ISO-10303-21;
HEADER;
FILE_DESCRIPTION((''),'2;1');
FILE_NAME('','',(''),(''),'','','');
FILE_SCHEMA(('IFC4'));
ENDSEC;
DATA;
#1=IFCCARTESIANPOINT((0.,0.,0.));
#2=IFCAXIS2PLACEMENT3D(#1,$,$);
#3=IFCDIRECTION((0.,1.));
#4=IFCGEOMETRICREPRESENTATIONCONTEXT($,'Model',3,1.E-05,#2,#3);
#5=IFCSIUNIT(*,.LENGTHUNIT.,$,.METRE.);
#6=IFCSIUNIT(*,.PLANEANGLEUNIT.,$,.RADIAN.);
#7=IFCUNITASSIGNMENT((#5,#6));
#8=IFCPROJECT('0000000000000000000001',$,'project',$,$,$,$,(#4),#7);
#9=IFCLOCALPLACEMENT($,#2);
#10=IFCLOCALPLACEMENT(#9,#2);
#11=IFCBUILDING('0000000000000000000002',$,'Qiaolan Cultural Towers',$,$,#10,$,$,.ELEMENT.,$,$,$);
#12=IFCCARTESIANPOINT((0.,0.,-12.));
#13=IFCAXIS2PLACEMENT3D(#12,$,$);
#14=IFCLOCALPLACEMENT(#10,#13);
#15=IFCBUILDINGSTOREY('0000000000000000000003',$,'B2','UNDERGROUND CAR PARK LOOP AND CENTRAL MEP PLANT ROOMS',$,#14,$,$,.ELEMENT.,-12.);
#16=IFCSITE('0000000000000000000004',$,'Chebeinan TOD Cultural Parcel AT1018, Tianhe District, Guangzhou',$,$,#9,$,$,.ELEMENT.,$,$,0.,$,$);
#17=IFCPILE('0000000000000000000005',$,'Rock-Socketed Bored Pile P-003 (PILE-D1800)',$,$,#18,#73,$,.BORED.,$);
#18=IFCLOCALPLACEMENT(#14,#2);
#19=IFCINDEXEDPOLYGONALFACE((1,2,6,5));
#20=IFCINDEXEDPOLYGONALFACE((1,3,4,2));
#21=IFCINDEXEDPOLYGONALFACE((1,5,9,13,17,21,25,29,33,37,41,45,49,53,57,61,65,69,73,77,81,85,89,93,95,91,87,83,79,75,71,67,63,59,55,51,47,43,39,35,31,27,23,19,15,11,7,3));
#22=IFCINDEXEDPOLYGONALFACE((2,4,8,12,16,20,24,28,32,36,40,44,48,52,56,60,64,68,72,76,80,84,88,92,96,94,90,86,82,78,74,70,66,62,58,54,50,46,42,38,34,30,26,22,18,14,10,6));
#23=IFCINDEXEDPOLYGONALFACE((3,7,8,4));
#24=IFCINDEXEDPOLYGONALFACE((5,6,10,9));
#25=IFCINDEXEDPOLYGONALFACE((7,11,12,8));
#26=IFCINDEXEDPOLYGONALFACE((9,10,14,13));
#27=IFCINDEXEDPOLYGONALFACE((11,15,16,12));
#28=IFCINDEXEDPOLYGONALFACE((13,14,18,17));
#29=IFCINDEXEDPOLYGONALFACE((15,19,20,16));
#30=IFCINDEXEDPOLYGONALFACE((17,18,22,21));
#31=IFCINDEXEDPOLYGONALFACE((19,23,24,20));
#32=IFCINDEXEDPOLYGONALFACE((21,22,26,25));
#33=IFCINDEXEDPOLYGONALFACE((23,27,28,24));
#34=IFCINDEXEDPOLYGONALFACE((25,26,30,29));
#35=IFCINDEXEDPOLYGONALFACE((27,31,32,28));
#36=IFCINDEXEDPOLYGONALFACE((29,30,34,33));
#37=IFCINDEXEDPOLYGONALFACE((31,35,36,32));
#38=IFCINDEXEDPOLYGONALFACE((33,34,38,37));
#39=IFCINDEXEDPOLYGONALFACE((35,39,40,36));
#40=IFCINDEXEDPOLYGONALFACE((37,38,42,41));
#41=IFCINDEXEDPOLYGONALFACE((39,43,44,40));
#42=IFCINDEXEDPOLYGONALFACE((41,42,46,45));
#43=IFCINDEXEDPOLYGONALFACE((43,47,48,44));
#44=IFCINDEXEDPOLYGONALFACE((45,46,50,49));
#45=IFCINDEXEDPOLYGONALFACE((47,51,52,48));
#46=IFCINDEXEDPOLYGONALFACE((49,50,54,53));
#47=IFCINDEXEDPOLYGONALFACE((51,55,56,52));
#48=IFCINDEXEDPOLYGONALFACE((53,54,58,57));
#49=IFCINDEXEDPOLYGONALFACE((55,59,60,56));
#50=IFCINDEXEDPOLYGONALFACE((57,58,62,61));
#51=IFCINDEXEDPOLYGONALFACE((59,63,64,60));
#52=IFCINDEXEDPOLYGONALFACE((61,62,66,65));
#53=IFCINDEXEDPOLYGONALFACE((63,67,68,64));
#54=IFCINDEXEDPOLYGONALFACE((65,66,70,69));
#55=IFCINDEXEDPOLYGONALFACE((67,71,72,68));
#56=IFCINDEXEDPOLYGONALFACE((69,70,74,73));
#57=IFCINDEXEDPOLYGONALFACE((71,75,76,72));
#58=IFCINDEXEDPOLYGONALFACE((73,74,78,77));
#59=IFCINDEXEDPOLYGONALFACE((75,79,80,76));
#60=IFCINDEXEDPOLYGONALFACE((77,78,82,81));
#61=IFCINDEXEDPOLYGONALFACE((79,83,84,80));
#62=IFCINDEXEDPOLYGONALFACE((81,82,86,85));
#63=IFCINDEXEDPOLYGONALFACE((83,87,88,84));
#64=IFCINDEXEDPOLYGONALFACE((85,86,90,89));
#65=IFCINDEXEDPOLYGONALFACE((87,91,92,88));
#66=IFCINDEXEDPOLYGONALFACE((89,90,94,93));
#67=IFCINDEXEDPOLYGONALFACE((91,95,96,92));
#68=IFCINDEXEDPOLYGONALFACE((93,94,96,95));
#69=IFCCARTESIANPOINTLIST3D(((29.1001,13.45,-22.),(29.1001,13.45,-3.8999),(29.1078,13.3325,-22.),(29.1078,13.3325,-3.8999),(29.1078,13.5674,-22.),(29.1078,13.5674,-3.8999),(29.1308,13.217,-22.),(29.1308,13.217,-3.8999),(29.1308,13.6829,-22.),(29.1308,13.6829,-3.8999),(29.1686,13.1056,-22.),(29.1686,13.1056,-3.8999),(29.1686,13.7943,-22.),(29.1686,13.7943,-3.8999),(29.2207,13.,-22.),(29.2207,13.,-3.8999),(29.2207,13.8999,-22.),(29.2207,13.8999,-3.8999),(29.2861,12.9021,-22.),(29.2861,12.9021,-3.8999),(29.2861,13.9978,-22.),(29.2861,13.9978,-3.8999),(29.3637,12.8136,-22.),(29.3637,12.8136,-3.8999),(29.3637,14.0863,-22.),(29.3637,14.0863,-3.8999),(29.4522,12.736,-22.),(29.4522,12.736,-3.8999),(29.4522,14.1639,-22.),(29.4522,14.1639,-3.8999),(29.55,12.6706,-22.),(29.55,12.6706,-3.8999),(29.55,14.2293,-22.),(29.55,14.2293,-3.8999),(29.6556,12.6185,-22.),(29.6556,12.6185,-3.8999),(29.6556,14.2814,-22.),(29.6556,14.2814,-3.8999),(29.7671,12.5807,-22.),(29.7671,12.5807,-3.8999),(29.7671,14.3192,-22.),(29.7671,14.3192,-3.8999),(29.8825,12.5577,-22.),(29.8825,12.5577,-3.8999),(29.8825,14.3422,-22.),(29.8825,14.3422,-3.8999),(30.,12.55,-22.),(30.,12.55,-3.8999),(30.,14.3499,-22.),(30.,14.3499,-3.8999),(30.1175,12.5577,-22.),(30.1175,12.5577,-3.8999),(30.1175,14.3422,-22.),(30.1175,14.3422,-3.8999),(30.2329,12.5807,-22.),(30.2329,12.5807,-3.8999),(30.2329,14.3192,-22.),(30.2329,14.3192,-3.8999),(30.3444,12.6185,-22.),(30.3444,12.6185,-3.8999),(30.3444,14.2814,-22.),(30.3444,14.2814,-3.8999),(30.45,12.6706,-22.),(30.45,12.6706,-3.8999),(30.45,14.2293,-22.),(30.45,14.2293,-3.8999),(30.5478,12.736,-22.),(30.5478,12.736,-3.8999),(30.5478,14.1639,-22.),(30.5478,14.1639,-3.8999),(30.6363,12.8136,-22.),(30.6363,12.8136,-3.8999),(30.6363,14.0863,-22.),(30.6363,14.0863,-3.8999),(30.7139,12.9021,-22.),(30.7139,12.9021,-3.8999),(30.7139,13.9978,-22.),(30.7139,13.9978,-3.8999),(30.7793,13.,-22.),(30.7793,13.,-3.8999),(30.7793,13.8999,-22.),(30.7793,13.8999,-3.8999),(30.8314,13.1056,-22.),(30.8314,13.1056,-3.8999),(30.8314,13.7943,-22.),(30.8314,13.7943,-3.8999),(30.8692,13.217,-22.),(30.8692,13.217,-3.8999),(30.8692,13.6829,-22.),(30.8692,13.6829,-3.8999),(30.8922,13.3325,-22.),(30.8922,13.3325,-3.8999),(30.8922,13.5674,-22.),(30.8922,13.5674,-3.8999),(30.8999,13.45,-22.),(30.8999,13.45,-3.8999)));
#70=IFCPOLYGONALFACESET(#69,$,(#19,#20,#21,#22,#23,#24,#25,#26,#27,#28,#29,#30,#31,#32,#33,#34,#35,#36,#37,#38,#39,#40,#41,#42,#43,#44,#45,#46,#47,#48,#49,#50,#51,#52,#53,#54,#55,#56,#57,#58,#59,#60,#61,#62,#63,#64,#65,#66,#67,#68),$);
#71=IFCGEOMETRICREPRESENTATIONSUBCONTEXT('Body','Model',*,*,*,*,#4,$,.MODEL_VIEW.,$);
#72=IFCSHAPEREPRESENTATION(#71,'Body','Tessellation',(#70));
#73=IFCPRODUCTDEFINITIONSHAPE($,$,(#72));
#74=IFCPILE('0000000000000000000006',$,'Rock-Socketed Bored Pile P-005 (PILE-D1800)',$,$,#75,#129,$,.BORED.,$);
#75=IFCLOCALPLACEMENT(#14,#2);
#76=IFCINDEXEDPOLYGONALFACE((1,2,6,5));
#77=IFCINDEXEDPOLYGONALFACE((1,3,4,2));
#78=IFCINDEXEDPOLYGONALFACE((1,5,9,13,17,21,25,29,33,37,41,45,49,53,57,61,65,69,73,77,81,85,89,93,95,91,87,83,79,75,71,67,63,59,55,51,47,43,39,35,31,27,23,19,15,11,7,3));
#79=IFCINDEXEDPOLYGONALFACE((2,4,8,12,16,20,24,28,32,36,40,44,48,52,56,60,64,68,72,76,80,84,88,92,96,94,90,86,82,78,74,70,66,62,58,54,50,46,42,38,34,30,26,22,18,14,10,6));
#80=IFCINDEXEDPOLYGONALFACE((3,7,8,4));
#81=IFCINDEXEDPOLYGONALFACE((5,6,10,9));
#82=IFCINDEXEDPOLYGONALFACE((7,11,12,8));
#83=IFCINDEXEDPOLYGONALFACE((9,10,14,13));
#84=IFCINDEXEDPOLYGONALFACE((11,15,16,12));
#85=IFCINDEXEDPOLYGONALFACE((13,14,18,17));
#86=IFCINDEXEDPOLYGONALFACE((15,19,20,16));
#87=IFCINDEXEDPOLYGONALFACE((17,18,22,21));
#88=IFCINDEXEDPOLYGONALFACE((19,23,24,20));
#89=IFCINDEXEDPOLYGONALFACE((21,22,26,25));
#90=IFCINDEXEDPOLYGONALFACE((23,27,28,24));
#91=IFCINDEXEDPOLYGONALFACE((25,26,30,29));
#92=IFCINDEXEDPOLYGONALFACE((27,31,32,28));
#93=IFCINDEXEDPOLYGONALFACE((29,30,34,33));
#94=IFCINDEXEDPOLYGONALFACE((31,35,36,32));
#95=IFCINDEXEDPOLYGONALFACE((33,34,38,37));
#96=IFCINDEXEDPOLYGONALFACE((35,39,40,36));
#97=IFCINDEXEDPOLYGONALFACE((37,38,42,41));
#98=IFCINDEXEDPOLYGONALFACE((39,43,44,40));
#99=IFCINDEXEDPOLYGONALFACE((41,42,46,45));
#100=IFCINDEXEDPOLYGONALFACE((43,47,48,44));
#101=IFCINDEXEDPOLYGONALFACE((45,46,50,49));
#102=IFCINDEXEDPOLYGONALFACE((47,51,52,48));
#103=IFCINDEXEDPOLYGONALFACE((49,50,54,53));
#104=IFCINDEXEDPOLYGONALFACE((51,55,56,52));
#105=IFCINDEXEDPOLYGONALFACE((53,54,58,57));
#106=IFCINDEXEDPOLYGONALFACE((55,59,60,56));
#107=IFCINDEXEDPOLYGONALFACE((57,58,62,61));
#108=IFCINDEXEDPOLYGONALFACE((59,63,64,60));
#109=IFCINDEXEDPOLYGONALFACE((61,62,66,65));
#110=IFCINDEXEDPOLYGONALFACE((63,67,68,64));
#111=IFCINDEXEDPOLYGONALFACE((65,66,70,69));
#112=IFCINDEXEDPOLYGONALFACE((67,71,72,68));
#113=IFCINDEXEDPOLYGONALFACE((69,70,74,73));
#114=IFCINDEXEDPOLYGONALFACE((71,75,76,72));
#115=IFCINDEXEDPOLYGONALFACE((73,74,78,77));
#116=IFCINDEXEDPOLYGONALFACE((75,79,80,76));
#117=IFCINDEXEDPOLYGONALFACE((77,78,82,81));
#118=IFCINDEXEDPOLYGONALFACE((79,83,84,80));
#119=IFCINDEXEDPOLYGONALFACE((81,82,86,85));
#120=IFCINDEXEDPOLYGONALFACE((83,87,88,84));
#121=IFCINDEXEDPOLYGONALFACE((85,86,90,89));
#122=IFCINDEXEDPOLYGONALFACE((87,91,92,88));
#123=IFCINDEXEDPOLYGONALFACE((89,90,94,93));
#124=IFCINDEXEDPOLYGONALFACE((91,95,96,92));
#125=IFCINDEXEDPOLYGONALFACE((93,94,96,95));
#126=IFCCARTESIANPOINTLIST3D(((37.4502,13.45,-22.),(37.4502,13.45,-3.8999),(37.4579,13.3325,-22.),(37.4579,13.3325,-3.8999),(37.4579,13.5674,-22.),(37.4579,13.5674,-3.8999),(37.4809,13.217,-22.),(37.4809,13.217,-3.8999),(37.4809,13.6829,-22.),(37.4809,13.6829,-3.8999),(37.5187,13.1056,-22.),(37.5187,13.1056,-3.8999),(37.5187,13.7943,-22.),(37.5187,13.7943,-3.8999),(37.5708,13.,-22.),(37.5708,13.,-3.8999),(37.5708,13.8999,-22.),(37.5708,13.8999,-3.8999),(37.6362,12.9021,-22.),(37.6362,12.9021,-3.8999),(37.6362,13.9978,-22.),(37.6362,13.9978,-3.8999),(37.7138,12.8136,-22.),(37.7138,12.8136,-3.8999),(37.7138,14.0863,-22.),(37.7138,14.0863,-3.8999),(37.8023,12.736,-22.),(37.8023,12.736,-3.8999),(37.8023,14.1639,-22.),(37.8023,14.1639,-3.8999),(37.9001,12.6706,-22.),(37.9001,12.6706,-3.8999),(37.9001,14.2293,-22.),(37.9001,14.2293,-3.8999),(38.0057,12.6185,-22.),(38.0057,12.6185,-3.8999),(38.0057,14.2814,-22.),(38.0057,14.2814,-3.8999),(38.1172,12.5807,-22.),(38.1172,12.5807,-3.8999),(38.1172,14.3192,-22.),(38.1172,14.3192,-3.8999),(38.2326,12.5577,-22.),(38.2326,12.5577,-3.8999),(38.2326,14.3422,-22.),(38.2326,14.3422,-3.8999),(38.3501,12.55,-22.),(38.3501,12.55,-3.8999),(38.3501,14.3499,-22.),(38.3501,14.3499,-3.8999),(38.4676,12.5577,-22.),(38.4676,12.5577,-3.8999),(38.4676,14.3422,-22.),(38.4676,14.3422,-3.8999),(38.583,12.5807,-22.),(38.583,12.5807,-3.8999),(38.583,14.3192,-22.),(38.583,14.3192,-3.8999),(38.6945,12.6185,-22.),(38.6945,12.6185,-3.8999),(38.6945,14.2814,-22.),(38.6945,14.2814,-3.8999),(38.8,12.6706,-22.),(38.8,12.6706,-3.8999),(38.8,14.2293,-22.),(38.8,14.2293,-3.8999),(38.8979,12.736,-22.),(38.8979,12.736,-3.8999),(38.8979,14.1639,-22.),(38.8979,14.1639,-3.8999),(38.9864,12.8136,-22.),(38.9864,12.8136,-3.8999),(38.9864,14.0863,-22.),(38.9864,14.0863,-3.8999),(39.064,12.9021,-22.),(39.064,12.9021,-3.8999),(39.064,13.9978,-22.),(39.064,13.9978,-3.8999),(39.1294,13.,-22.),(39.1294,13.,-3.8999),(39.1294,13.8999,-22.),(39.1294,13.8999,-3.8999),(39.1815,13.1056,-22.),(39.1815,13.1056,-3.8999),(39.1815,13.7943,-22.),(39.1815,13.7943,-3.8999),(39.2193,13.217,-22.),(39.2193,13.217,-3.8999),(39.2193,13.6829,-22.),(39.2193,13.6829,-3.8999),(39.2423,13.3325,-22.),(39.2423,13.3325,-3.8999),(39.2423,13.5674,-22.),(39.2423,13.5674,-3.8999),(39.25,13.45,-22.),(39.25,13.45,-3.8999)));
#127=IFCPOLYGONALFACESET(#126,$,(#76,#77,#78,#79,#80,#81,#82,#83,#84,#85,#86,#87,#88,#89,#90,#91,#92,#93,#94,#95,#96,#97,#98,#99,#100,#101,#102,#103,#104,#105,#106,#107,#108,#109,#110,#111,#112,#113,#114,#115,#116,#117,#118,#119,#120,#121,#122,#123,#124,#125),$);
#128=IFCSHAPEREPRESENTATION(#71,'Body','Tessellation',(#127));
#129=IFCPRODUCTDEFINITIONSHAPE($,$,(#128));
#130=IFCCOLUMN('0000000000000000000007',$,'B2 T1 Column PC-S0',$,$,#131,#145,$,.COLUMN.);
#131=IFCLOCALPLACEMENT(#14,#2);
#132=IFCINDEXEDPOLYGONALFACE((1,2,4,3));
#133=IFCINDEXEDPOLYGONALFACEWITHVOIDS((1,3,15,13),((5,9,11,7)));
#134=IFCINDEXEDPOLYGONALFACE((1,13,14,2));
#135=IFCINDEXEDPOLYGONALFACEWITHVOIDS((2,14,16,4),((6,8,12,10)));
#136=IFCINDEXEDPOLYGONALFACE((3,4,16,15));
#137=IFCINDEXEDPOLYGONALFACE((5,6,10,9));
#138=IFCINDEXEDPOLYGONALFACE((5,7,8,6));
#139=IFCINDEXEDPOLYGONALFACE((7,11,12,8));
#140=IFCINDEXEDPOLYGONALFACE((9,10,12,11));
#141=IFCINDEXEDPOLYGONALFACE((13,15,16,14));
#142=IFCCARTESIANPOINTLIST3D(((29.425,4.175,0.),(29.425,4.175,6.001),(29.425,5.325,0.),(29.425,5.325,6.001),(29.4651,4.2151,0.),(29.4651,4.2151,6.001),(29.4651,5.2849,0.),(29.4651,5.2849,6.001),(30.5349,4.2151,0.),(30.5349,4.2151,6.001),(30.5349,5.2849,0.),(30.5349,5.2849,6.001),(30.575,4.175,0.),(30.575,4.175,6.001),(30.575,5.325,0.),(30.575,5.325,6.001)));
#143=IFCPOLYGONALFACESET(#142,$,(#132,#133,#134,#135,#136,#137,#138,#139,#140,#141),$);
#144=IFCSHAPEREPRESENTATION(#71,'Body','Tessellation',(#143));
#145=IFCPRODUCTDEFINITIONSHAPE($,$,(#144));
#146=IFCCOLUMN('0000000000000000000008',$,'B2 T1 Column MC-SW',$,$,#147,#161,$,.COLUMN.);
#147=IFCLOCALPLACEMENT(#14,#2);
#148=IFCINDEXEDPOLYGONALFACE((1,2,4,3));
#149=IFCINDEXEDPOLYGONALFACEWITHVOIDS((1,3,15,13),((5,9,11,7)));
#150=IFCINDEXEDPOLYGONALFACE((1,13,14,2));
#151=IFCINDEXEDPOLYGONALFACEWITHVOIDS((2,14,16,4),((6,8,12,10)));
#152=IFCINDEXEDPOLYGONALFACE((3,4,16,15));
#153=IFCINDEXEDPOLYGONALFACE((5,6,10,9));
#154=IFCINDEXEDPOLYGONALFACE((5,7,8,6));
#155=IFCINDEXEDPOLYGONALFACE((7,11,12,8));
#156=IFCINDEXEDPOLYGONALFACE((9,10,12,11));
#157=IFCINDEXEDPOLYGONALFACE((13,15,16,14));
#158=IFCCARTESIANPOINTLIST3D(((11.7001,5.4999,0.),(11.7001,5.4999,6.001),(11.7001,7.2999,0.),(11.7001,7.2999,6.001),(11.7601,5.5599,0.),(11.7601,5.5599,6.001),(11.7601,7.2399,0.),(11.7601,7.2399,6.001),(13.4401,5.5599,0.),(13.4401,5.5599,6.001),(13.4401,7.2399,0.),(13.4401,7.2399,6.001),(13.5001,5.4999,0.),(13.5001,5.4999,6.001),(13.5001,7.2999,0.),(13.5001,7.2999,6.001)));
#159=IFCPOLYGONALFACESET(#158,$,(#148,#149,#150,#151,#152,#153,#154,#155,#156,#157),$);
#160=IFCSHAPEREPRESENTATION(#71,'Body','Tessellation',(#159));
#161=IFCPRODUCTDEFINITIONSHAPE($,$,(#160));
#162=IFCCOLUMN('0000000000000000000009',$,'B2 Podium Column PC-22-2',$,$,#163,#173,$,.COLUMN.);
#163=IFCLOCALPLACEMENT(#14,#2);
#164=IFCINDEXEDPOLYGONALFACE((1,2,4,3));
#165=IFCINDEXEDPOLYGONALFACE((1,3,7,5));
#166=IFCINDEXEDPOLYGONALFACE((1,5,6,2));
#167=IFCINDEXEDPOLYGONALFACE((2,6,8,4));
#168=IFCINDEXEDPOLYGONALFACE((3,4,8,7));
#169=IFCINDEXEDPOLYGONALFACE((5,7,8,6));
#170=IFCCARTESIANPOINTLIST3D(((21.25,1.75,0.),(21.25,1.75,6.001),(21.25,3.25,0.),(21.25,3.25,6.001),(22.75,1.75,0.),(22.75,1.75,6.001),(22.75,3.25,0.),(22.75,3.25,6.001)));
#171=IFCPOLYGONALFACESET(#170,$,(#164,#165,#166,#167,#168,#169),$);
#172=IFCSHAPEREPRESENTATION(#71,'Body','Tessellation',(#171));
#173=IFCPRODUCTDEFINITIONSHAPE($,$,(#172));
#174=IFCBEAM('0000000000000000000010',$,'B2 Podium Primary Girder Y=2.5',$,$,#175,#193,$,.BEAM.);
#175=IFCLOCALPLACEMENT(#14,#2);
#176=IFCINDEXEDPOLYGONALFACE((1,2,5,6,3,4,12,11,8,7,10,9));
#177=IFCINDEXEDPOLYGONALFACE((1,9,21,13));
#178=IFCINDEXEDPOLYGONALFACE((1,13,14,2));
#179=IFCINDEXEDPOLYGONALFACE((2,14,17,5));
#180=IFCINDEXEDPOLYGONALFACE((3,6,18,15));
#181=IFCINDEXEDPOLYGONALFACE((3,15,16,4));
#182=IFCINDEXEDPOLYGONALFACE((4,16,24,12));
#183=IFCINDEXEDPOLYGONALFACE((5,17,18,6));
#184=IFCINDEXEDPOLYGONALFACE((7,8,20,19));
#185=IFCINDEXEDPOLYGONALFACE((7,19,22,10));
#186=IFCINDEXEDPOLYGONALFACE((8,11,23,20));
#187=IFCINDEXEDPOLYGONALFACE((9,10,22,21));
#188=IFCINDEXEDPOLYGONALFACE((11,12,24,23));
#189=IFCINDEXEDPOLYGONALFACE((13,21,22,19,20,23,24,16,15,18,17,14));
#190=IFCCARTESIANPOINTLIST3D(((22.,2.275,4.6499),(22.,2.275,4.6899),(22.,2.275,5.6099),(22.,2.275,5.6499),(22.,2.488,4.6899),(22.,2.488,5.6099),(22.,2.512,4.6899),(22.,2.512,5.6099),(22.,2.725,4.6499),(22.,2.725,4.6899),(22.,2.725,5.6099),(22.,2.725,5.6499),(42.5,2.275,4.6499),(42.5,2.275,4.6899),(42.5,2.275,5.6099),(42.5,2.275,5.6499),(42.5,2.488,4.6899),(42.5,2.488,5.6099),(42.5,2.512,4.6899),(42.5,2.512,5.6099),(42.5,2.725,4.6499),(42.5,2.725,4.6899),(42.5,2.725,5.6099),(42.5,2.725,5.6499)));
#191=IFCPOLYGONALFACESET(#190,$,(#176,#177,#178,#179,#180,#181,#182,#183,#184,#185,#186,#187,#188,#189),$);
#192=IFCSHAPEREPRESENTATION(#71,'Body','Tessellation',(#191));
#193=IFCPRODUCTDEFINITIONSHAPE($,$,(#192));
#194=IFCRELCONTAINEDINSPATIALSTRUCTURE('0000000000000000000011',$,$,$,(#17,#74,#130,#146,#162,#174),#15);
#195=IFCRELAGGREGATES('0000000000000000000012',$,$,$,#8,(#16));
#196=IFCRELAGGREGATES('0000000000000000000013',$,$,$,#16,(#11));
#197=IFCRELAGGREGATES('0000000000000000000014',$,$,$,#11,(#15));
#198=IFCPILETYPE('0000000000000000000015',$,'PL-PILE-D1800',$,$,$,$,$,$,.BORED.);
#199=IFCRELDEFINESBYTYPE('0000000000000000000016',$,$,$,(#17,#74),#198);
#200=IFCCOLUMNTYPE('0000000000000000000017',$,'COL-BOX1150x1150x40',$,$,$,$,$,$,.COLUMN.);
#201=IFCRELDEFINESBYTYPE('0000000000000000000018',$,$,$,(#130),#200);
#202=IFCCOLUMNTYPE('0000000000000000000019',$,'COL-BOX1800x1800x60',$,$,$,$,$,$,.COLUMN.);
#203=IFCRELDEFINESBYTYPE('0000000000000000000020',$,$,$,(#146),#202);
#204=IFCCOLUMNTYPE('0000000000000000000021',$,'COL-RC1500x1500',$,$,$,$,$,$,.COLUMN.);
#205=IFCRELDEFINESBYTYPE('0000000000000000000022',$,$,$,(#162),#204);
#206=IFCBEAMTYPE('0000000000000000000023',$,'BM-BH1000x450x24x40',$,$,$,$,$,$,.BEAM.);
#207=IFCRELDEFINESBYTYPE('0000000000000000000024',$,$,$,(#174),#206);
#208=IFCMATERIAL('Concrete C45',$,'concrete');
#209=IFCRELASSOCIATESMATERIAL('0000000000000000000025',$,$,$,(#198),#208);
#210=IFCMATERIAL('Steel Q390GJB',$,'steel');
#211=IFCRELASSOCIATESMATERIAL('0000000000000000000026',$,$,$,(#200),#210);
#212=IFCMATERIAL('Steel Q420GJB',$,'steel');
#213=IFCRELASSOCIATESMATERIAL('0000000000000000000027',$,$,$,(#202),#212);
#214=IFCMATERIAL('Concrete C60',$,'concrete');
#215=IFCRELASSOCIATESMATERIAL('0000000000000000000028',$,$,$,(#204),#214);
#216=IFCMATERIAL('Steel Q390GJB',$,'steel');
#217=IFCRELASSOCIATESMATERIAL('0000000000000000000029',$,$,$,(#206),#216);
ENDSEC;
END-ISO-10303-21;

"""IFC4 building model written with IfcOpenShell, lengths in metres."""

from ifc_helpers import new_model, si_unit, direction, frame, origin, origin_2d, place, context, subcontext, project, spatial, rectangle, hollow_rectangle, circle, i_section, extrude, material, material_profile, profile_set, type_object, element, save


model = new_model("IFC4")

# Units and contexts
model_context = context("Model", 3, precision=1e-05, world=origin(), true_north=direction((0.0, 1.0)))
body_context = subcontext(model_context, "Body", "Model", "MODEL_VIEW")
ifc_project = project(units=[si_unit("LENGTHUNIT", "METRE"), si_unit("PLANEANGLEUNIT", "RADIAN")], contexts=[model_context])

# Site, building, storey
site_placement = place(None, origin())
site = spatial("IfcSite", under=ifc_project, at=site_placement, Name="Chebeinan TOD Cultural Parcel AT1018, Tianhe District, Guangzhou", CompositionType="ELEMENT", RefElevation=0.0)
building_placement = place(site_placement, origin())
building = spatial("IfcBuilding", under=site, at=building_placement, Name="Qiaolan Cultural Towers", CompositionType="ELEMENT")
storey_placement = place(building_placement, frame((0.0, 0.0, -12.0)))
storey = spatial("IfcBuildingStorey", under=building, at=storey_placement, Name="B2", Description="UNDERGROUND CAR PARK LOOP AND CENTRAL MEP PLANT ROOMS", CompositionType="ELEMENT", Elevation=-12.0)

# Piles
ifc_material_1 = material(Name="Concrete C45", Category="concrete")
ifc_material_profile_1 = material_profile(ifc_material_1, circle(Radius=0.8999, at=origin_2d()), Name="PILE-D1800")
ifc_profile_set_1 = profile_set([ifc_material_profile_1], Name="Concrete C45")
pile_type_1 = type_object("IfcPileType", Name="PL-PILE-D1800", PredefinedType="BORED", material=ifc_profile_set_1)
for number, where, z_axis, x_axis, name in (
    (1, (30.0, 13.45, -3.8999), (0.0, 0.0, -1.0), (1.0, 0.0, 0.0), "Rock-Socketed Bored Pile P-003 (PILE-D1800)"),
    (2, (38.3501, 13.45, -3.8999), (0.0, 0.0, -1.0), (1.0, 0.0, 0.0), "Rock-Socketed Bored Pile P-005 (PILE-D1800)"),
):
    element("IfcPile", number, at=place(storey_placement, frame(where, z_axis=z_axis, x_axis=x_axis)), inside=storey, type_object=pile_type_1, Name=name, PredefinedType="BORED", context=body_context, shape_type="SweptSolid", body=[
        extrude(circle(Radius=0.8999, at=origin_2d()), origin(), (0.0, 0.0, 1.0), 18.1001),
    ])

# Columns
ifc_material_2 = material(Name="Steel Q390GJB", Category="steel")
ifc_material_profile_2 = material_profile(ifc_material_2, hollow_rectangle(XDim=1.1499, YDim=1.1499, WallThickness=0.04, at=origin_2d()), Name="BOX1150x1150x40")
ifc_profile_set_2 = profile_set([ifc_material_profile_2], Name="Steel Q390GJB")
column_type_1 = type_object("IfcColumnType", Name="COL-BOX1150x1150x40", PredefinedType="COLUMN", material=ifc_profile_set_2)
column_1_placement = place(storey_placement, frame((30.0, 4.75, 0.0), z_axis=(0.0, 0.0, 1.0), x_axis=(1.0, 0.0, 0.0)))
element("IfcColumn", 3, at=column_1_placement, inside=storey, type_object=column_type_1, Name="B2 T1 Column PC-S0", PredefinedType="COLUMN", context=body_context, shape_type="SweptSolid", body=[
    extrude(hollow_rectangle(XDim=1.1499, YDim=1.1499, WallThickness=0.04, at=origin_2d()), origin(), (0.0, 0.0, 1.0), 6.001),
])
ifc_material_3 = material(Name="Steel Q420GJB", Category="steel")
ifc_material_profile_3 = material_profile(ifc_material_3, hollow_rectangle(XDim=1.8, YDim=1.8, WallThickness=0.0601, at=origin_2d()), Name="BOX1800x1800x60")
ifc_profile_set_3 = profile_set([ifc_material_profile_3], Name="Steel Q420GJB")
column_type_2 = type_object("IfcColumnType", Name="COL-BOX1800x1800x60", PredefinedType="COLUMN", material=ifc_profile_set_3)
column_2_placement = place(storey_placement, frame((12.6001, 6.3999, 0.0), z_axis=(0.0, 0.0, 1.0), x_axis=(1.0, 0.0, 0.0)))
element("IfcColumn", 4, at=column_2_placement, inside=storey, type_object=column_type_2, Name="B2 T1 Column MC-SW", PredefinedType="COLUMN", context=body_context, shape_type="SweptSolid", body=[
    extrude(hollow_rectangle(XDim=1.8, YDim=1.8, WallThickness=0.0601, at=origin_2d()), origin(), (0.0, 0.0, 1.0), 6.001),
])
ifc_material_4 = material(Name="Concrete C60", Category="concrete")
ifc_material_profile_4 = material_profile(ifc_material_4, rectangle(XDim=1.5, YDim=1.5, at=origin_2d()), Name="RC1500x1500")
ifc_profile_set_4 = profile_set([ifc_material_profile_4], Name="Concrete C60")
column_type_3 = type_object("IfcColumnType", Name="COL-RC1500x1500", PredefinedType="COLUMN", material=ifc_profile_set_4)
column_3_placement = place(storey_placement, frame((22.0, 2.5, 0.0), z_axis=(0.0, 0.0, 1.0), x_axis=(1.0, 0.0, 0.0)))
element("IfcColumn", 5, at=column_3_placement, inside=storey, type_object=column_type_3, Name="B2 Podium Column PC-22-2", PredefinedType="COLUMN", context=body_context, shape_type="SweptSolid", body=[
    extrude(rectangle(XDim=1.5, YDim=1.5, at=origin_2d()), origin(), (0.0, 0.0, 1.0), 6.001),
])

# Beam
ifc_material_5 = material(Name="Steel Q390GJB", Category="steel")
ifc_material_profile_5 = material_profile(ifc_material_5, i_section(OverallWidth=0.45, OverallDepth=1.0, WebThickness=0.0239, FlangeThickness=0.04, at=origin_2d()), Name="BH1000x450x24x40")
ifc_profile_set_5 = profile_set([ifc_material_profile_5], Name="Steel Q390GJB")
beam_type_1 = type_object("IfcBeamType", Name="BM-BH1000x450x24x40", PredefinedType="BEAM", material=ifc_profile_set_5)
beam_1_placement = place(storey_placement, frame((22.0, 2.5, 5.1499), z_axis=(1.0, 0.0, 0.0), x_axis=(0.0, 1.0, 0.0)))
element("IfcBeam", 6, at=beam_1_placement, inside=storey, type_object=beam_type_1, Name="B2 Podium Primary Girder Y=2.5", PredefinedType="BEAM", context=body_context, shape_type="SweptSolid", body=[
    extrude(i_section(OverallWidth=0.45, OverallDepth=1.0, WebThickness=0.0239, FlangeThickness=0.04, at=origin_2d()), origin(), (0.0, 0.0, 1.0), 20.5),
])

save(model, "model.ifc")
